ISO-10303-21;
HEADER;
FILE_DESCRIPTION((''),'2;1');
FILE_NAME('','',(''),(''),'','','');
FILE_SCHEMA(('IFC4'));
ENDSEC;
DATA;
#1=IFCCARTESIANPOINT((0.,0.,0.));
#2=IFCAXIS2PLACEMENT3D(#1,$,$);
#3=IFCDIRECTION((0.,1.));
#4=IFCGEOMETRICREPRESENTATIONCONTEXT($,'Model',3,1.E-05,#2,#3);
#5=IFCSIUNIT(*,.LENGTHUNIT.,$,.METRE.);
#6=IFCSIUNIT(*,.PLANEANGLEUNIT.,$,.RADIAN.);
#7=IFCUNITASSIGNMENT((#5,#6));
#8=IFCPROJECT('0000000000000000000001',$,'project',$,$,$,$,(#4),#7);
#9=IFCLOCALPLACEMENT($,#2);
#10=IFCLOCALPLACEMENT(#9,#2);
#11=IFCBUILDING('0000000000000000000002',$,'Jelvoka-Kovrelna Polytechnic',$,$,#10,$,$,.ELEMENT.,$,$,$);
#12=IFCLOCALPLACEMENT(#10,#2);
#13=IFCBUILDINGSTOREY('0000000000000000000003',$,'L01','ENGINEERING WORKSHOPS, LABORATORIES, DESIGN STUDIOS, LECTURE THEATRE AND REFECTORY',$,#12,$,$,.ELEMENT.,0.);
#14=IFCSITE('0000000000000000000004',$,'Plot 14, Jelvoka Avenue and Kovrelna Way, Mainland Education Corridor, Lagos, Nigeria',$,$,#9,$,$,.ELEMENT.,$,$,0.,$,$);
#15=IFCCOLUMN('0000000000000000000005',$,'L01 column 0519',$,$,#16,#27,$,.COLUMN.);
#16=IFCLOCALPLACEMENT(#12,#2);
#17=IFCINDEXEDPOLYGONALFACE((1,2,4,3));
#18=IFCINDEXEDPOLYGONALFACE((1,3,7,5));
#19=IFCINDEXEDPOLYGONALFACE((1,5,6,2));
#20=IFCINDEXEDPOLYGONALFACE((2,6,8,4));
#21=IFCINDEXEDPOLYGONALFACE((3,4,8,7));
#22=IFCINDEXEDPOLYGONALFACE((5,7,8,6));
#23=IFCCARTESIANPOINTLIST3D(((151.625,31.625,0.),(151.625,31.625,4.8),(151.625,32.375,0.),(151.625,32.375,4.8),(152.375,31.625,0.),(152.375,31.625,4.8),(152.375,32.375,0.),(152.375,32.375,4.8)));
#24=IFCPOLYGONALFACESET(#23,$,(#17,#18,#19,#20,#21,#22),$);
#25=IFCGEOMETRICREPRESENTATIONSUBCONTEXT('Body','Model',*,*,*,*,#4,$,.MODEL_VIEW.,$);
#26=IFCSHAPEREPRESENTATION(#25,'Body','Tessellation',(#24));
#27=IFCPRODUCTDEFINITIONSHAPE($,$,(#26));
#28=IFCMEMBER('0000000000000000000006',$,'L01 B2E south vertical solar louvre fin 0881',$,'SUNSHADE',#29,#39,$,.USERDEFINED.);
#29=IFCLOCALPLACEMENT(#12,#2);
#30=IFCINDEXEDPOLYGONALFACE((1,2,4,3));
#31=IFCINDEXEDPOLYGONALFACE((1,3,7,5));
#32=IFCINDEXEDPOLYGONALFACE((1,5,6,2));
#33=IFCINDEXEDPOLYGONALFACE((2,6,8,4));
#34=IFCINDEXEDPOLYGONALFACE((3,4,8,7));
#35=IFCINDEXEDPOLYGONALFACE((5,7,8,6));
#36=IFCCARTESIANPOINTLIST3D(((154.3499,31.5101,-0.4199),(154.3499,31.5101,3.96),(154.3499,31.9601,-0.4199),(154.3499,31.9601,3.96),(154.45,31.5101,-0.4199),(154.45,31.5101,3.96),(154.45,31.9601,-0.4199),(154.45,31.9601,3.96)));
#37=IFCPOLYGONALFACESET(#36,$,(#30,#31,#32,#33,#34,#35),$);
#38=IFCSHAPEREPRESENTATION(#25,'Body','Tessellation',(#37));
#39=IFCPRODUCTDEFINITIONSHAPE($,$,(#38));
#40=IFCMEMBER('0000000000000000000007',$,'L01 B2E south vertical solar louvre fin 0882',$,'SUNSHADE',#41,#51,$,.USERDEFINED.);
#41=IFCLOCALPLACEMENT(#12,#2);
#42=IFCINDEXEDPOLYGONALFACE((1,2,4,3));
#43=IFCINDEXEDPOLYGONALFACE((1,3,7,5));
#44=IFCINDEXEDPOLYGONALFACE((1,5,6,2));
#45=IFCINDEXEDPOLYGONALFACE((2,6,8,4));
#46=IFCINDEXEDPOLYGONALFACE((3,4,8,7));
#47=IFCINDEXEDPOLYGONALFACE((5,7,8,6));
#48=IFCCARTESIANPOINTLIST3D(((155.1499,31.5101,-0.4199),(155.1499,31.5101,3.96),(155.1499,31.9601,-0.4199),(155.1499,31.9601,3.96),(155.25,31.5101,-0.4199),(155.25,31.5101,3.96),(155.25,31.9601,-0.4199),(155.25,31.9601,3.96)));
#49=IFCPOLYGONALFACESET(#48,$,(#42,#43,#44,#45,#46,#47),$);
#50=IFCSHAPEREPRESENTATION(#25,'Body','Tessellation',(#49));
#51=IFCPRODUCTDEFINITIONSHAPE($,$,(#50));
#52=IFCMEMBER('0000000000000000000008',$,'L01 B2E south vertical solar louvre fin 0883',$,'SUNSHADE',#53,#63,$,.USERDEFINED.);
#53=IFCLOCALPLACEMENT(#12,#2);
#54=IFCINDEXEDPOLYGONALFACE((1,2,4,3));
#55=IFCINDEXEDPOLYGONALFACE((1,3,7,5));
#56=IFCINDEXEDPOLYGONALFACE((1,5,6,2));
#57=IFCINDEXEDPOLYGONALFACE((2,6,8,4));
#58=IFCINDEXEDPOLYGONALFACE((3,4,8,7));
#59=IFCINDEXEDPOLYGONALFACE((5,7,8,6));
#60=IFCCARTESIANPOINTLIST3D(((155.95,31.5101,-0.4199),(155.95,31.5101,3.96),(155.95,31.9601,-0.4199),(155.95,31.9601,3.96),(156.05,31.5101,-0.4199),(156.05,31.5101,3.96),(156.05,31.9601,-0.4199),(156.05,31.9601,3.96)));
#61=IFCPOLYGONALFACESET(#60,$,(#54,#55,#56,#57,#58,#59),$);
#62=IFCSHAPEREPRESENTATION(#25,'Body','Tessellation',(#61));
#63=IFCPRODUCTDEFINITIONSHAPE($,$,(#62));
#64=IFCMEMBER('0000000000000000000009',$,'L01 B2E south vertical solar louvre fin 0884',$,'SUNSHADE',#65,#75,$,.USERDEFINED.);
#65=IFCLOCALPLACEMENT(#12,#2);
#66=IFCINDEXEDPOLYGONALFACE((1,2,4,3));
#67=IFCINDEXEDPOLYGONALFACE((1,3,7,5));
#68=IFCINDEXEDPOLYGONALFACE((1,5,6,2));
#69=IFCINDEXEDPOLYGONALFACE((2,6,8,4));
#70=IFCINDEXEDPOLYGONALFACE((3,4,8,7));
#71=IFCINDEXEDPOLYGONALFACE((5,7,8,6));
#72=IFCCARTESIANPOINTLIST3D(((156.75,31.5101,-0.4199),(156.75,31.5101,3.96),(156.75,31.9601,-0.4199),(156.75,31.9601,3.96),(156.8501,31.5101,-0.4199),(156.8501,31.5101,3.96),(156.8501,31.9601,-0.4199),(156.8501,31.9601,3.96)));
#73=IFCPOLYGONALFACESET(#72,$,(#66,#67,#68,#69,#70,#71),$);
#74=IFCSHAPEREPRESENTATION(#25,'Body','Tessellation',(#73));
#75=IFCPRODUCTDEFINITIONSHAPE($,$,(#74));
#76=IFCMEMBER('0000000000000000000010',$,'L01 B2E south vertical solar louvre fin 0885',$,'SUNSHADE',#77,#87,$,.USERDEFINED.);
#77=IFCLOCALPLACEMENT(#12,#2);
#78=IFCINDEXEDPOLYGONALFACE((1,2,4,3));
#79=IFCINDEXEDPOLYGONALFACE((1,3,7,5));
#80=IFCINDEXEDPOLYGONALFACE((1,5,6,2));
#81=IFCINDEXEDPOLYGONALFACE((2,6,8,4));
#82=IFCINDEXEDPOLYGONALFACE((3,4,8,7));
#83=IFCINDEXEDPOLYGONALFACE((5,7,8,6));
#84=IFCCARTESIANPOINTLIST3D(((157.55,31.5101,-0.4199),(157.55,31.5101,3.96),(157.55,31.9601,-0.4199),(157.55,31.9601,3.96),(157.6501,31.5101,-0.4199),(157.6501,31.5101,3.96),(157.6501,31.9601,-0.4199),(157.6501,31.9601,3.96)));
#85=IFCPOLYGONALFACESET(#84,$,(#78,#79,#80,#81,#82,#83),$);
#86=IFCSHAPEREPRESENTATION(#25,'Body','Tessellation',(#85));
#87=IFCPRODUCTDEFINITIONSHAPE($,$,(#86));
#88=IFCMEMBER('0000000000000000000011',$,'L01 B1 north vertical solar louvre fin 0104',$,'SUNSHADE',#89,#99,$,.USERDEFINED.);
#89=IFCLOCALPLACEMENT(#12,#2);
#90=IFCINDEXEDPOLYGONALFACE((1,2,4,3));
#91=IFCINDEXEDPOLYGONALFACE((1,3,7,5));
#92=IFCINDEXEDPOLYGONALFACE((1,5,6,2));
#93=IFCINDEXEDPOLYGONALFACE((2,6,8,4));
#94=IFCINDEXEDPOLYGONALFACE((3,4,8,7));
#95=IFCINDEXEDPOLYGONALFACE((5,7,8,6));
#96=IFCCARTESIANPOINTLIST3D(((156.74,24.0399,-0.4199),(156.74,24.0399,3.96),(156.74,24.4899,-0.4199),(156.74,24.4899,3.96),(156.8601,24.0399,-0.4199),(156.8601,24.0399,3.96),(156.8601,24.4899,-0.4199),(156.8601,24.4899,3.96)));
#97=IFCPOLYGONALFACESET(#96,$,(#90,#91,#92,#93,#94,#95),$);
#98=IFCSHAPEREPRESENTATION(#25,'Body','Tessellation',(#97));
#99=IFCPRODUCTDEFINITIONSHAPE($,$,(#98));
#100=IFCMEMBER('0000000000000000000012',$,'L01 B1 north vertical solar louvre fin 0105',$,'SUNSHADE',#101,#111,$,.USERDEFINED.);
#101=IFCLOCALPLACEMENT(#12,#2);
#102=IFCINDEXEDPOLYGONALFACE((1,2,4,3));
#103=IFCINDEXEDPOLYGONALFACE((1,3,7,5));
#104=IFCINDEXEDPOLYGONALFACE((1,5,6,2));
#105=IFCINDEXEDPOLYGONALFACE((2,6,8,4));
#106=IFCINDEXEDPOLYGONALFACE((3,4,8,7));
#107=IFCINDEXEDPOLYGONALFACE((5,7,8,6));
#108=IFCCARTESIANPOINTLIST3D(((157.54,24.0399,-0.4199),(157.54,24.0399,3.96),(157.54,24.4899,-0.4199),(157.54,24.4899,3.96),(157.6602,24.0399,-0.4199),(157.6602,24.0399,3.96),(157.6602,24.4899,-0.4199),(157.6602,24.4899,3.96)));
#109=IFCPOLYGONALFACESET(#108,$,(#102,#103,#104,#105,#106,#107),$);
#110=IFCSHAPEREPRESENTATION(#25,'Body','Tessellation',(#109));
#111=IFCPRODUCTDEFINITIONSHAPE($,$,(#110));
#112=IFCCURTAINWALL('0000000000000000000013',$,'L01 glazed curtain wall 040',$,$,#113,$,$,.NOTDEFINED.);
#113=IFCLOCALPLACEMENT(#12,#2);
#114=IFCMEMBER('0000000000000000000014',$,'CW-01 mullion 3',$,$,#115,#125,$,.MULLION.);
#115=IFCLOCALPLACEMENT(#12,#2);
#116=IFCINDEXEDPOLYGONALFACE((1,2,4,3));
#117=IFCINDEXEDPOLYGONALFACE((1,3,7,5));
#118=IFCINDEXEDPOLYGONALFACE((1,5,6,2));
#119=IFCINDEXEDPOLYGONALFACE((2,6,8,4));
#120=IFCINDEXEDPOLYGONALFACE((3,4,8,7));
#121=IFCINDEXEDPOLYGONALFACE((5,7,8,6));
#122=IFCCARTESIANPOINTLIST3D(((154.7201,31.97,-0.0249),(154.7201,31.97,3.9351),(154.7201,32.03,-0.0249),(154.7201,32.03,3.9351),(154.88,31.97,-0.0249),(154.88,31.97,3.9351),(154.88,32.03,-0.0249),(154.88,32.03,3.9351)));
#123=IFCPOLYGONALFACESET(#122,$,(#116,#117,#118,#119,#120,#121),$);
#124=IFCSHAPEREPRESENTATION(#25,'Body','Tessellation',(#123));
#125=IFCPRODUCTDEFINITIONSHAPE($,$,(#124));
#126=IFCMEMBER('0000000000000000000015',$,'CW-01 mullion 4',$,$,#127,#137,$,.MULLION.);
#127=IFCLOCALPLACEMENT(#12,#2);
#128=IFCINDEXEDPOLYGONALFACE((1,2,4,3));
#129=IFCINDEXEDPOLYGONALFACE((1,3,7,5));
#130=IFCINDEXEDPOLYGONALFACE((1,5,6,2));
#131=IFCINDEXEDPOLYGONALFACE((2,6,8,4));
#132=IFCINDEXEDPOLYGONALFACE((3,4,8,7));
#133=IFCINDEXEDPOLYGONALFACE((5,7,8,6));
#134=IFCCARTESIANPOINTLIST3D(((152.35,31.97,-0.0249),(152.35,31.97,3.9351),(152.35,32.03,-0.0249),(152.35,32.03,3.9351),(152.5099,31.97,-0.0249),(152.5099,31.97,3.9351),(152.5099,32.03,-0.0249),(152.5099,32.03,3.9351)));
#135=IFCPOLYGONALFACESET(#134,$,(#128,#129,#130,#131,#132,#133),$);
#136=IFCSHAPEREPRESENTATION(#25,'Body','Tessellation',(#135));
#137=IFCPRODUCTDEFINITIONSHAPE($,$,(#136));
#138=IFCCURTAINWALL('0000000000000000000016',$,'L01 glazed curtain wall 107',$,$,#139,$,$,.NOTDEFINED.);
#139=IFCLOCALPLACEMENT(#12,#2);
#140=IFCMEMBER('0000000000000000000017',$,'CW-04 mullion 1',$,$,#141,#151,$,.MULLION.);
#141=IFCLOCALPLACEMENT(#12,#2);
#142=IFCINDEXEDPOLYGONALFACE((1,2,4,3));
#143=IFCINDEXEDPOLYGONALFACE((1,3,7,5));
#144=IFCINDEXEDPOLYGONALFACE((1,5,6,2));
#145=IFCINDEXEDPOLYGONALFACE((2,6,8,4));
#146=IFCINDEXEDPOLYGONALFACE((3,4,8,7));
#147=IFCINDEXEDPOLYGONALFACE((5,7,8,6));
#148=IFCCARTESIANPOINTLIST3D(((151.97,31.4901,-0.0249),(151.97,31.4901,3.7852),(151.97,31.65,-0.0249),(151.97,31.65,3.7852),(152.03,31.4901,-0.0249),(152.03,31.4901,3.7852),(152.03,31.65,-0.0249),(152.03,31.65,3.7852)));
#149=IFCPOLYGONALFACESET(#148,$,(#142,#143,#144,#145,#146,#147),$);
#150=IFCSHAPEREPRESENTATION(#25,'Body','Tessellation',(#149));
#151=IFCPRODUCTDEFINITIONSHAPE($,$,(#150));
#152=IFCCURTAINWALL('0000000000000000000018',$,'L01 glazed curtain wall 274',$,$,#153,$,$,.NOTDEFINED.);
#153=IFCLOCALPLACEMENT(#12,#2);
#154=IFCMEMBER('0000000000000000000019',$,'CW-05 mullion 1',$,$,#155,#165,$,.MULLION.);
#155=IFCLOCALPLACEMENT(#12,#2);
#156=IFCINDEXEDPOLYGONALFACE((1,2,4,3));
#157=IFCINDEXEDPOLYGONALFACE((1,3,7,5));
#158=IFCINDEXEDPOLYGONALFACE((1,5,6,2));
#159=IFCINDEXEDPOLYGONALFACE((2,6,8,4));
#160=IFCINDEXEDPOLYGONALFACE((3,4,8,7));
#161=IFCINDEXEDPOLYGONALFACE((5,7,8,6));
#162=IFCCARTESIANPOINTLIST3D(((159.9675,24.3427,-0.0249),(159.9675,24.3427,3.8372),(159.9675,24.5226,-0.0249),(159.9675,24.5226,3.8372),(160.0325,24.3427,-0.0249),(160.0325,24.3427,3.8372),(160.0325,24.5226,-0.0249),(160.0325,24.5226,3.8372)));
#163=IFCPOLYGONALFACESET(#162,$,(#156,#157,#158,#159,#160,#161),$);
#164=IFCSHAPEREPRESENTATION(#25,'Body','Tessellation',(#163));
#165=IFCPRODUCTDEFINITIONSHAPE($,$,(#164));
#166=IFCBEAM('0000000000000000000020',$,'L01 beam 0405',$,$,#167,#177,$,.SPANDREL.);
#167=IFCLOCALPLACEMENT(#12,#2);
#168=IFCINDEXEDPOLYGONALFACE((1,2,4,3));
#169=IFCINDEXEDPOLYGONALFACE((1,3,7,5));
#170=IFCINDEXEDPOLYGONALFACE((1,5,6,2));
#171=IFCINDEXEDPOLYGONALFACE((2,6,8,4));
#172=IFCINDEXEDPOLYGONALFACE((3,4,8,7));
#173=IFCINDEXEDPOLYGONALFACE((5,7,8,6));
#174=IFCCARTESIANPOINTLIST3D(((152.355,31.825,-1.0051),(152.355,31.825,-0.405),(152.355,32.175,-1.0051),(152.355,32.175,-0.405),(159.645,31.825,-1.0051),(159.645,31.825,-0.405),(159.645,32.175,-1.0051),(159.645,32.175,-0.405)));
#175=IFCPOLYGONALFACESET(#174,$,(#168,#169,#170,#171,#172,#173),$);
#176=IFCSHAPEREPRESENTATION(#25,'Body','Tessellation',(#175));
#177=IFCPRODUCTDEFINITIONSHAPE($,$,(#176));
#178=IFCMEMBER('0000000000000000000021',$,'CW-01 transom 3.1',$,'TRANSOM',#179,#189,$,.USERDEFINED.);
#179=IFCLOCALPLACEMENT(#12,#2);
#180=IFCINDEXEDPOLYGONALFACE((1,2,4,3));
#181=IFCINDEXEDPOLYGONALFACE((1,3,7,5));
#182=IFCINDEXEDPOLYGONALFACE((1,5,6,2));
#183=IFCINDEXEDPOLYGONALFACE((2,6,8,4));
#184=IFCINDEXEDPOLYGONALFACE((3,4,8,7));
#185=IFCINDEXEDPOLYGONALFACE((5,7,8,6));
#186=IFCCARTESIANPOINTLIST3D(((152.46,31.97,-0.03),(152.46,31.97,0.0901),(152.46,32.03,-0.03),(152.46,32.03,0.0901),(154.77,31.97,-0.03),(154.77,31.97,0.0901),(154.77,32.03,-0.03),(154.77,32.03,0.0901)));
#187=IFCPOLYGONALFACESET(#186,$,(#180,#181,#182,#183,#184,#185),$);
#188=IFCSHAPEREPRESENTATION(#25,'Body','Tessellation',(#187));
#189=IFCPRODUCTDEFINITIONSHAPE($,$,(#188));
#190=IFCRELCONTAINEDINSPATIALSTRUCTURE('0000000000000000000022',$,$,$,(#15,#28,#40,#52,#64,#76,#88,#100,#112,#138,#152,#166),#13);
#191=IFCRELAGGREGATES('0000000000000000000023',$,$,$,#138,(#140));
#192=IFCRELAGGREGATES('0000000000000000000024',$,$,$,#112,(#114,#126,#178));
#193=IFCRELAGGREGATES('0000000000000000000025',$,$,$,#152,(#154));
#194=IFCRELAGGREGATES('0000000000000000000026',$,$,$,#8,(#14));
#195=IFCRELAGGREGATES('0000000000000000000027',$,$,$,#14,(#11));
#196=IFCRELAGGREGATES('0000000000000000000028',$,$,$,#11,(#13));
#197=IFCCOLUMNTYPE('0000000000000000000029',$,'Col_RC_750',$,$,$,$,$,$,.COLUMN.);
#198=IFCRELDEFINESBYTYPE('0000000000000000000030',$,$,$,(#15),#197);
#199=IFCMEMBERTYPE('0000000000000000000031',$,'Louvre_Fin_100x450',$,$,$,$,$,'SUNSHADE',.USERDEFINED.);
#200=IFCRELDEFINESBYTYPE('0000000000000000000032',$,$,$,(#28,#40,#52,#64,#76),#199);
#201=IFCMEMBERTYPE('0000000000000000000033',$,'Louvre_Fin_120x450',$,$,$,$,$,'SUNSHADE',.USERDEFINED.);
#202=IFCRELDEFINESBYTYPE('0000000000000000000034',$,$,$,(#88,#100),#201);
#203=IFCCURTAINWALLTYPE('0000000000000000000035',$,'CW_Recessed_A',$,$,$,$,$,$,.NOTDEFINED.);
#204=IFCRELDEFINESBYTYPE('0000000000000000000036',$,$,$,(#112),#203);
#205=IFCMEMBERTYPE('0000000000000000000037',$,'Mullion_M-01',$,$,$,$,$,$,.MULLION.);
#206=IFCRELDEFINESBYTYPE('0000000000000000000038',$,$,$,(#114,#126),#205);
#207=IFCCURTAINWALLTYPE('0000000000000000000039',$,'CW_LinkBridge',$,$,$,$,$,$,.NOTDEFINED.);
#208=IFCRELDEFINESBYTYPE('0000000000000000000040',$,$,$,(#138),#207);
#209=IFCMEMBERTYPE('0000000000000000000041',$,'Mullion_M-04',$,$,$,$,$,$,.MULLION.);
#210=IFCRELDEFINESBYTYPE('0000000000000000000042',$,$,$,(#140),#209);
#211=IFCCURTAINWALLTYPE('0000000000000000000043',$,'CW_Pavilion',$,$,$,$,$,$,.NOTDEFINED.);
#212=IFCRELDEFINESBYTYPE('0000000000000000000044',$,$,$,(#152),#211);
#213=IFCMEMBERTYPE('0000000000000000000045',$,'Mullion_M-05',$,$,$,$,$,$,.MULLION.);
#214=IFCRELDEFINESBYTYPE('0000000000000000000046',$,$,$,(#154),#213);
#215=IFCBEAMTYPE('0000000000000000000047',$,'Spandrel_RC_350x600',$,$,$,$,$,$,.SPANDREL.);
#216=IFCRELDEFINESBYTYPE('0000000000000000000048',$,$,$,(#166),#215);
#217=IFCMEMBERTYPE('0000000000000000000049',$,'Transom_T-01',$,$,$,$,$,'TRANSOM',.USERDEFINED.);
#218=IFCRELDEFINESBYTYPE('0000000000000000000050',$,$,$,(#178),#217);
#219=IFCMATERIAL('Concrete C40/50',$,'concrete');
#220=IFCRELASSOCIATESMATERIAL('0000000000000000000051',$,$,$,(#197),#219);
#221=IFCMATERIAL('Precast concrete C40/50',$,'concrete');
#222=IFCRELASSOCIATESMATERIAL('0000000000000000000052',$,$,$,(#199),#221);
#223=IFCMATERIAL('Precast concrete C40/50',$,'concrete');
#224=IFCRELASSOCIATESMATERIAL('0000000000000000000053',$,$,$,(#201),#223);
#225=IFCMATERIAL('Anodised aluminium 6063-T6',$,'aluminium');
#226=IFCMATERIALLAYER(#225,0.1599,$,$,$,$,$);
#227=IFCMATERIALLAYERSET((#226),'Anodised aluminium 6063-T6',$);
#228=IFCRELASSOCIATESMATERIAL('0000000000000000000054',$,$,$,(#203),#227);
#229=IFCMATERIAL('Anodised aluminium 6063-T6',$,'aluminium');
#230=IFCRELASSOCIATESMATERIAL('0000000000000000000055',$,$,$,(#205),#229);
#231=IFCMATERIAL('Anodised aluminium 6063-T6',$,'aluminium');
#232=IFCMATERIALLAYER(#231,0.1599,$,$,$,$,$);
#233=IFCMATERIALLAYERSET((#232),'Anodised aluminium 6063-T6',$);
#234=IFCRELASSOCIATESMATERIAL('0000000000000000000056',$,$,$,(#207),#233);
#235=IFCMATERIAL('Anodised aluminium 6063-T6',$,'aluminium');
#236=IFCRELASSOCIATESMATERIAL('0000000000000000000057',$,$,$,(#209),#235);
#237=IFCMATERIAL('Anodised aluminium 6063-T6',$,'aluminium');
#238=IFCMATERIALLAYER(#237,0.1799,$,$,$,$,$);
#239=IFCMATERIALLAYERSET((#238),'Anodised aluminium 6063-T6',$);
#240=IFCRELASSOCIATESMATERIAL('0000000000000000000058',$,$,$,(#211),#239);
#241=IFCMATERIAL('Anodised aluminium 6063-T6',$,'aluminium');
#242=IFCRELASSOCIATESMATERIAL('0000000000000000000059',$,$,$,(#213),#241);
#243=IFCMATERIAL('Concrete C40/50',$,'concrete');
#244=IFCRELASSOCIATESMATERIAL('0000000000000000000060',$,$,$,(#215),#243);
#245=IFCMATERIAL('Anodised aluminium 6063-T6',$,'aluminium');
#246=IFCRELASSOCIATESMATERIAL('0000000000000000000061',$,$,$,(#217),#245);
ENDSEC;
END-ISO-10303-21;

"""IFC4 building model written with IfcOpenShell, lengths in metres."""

from ifc_helpers import new_model, si_unit, direction, frame, origin, origin_2d, place, context, subcontext, project, spatial, rectangle, extrude, material, layer, layer_set, material_profile, profile_set, type_object, element, aggregate, save


model = new_model("IFC4")

# Units and contexts
model_context = context("Model", 3, precision=1e-05, world=origin(), true_north=direction((0.0, 1.0)))
body_context = subcontext(model_context, "Body", "Model", "MODEL_VIEW")
ifc_project = project(units=[si_unit("LENGTHUNIT", "METRE"), si_unit("PLANEANGLEUNIT", "RADIAN")], contexts=[model_context])

# Site, building, storey
site_placement = place(None, origin())
site = spatial("IfcSite", under=ifc_project, at=site_placement, Name="Plot 14, Jelvoka Avenue and Kovrelna Way, Mainland Education Corridor, Lagos, Nigeria", CompositionType="ELEMENT", RefElevation=0.0)
building_placement = place(site_placement, origin())
building = spatial("IfcBuilding", under=site, at=building_placement, Name="Jelvoka-Kovrelna Polytechnic", CompositionType="ELEMENT")
storey_placement = place(building_placement, origin())
storey = spatial("IfcBuildingStorey", under=building, at=storey_placement, Name="L01", Description="ENGINEERING WORKSHOPS, LABORATORIES, DESIGN STUDIOS, LECTURE THEATRE AND REFECTORY", CompositionType="ELEMENT", Elevation=0.0)

# Column
ifc_material_1 = material(Name="Concrete C40/50", Category="concrete")
ifc_material_profile_1 = material_profile(ifc_material_1, rectangle(XDim=0.75, YDim=0.75, at=origin_2d()), Name="RC 750x750")
ifc_profile_set_1 = profile_set([ifc_material_profile_1], Name="Concrete C40/50")
column_type = type_object("IfcColumnType", Name="Col_RC_750", PredefinedType="COLUMN", material=ifc_profile_set_1)
column_placement = place(storey_placement, frame((152.0, 32.0, 0.0), z_axis=(0.0, 0.0, 1.0), x_axis=(1.0, 0.0, 0.0)))
element("IfcColumn", 1, at=column_placement, inside=storey, type_object=column_type, Name="L01 column 0519", PredefinedType="COLUMN", context=body_context, shape_type="SweptSolid", body=[
    extrude(rectangle(XDim=0.75, YDim=0.75, at=origin_2d()), origin(), (0.0, 0.0, 1.0), 4.8),
])

# Members
ifc_material_2 = material(Name="Precast concrete C40/50", Category="concrete")
ifc_material_profile_2 = material_profile(ifc_material_2, rectangle(XDim=0.1001, YDim=0.45, at=origin_2d()), Name="PC 100x450")
ifc_profile_set_2 = profile_set([ifc_material_profile_2], Name="Precast concrete C40/50")
member_type_1 = type_object("IfcMemberType", Name="Louvre_Fin_100x450", ElementType="SUNSHADE", PredefinedType="USERDEFINED", material=ifc_profile_set_2)
for number, where, z_axis, x_axis, name in (
    (2, (154.3999, 31.7351, -0.4199), (0.0, 0.0, 1.0), (1.0, 0.0, 0.0), "L01 B2E south vertical solar louvre fin 0881"),
    (3, (155.2, 31.7351, -0.4199), (0.0, 0.0, 1.0), (1.0, 0.0, 0.0), "L01 B2E south vertical solar louvre fin 0882"),
    (4, (156.0, 31.7351, -0.4199), (0.0, 0.0, 1.0), (1.0, 0.0, 0.0), "L01 B2E south vertical solar louvre fin 0883"),
    (5, (156.8, 31.7351, -0.4199), (0.0, 0.0, 1.0), (1.0, 0.0, 0.0), "L01 B2E south vertical solar louvre fin 0884"),
    (6, (157.6001, 31.7351, -0.4199), (0.0, 0.0, 1.0), (1.0, 0.0, 0.0), "L01 B2E south vertical solar louvre fin 0885"),
):
    element("IfcMember", number, at=place(storey_placement, frame(where, z_axis=z_axis, x_axis=x_axis)), inside=storey, type_object=member_type_1, Name=name, ObjectType="SUNSHADE", PredefinedType="USERDEFINED", context=body_context, shape_type="SweptSolid", body=[
        extrude(rectangle(XDim=0.1001, YDim=0.45, at=origin_2d()), origin(), (0.0, 0.0, 1.0), 4.3799),
    ])
ifc_material_3 = material(Name="Precast concrete C40/50", Category="concrete")
ifc_material_profile_3 = material_profile(ifc_material_3, rectangle(XDim=0.1201, YDim=0.45, at=origin_2d()), Name="PC 120x450")
ifc_profile_set_3 = profile_set([ifc_material_profile_3], Name="Precast concrete C40/50")
member_type_2 = type_object("IfcMemberType", Name="Louvre_Fin_120x450", ElementType="SUNSHADE", PredefinedType="USERDEFINED", material=ifc_profile_set_3)
for number, where, z_axis, x_axis, name in (
    (7, (156.8, 24.2649, -0.4199), (0.0, 0.0, 1.0), (1.0, 0.0, 0.0), "L01 B1 north vertical solar louvre fin 0104"),
    (8, (157.6001, 24.2649, -0.4199), (0.0, 0.0, 1.0), (1.0, 0.0, 0.0), "L01 B1 north vertical solar louvre fin 0105"),
):
    element("IfcMember", number, at=place(storey_placement, frame(where, z_axis=z_axis, x_axis=x_axis)), inside=storey, type_object=member_type_2, Name=name, ObjectType="SUNSHADE", PredefinedType="USERDEFINED", context=body_context, shape_type="SweptSolid", body=[
        extrude(rectangle(XDim=0.1201, YDim=0.45, at=origin_2d()), origin(), (0.0, 0.0, 1.0), 4.3799),
    ])

# Curtain wall, members
ifc_material_4 = material(Name="Anodised aluminium 6063-T6", Category="aluminium")
ifc_layer_1 = layer(ifc_material_4, 0.1599)
ifc_layer_set_1 = layer_set([ifc_layer_1], Name="Anodised aluminium 6063-T6")
curtain_wall_type_1 = type_object("IfcCurtainWallType", Name="CW_Recessed_A", PredefinedType="NOTDEFINED", material=ifc_layer_set_1)
curtain_wall_1_placement = place(storey_placement, origin())
curtain_wall_1 = element("IfcCurtainWall", 9, at=curtain_wall_1_placement, inside=storey, type_object=curtain_wall_type_1, Name="L01 glazed curtain wall 040", PredefinedType="NOTDEFINED")
ifc_material_5 = material(Name="Anodised aluminium 6063-T6", Category="aluminium")
ifc_material_profile_4 = material_profile(ifc_material_5, rectangle(XDim=0.0601, YDim=0.1599, at=origin_2d()), Name="ALU 60x160")
ifc_profile_set_4 = profile_set([ifc_material_profile_4], Name="Anodised aluminium 6063-T6")
member_type_3 = type_object("IfcMemberType", Name="Mullion_M-01", PredefinedType="MULLION", material=ifc_profile_set_4)
member_1_placement = place(storey_placement, frame((154.8, 32.0, -0.0249), z_axis=(0.0, 0.0, 1.0), x_axis=(0.0, -1.0, 0.0)))
member_1 = element("IfcMember", 10, at=member_1_placement, type_object=member_type_3, Name="CW-01 mullion 3", PredefinedType="MULLION", context=body_context, shape_type="SweptSolid", body=[
    extrude(rectangle(XDim=0.0601, YDim=0.1599, at=origin_2d()), origin(), (0.0, 0.0, 1.0), 3.96),
])
member_2_placement = place(storey_placement, frame((152.4299, 32.0, -0.0249), z_axis=(0.0, 0.0, 1.0), x_axis=(0.0, -1.0, 0.0)))
member_2 = element("IfcMember", 11, at=member_2_placement, type_object=member_type_3, Name="CW-01 mullion 4", PredefinedType="MULLION", context=body_context, shape_type="SweptSolid", body=[
    extrude(rectangle(XDim=0.0601, YDim=0.1599, at=origin_2d()), origin(), (0.0, 0.0, 1.0), 3.96),
])

# Curtain walls, members
ifc_material_6 = material(Name="Anodised aluminium 6063-T6", Category="aluminium")
ifc_layer_2 = layer(ifc_material_6, 0.1599)
ifc_layer_set_2 = layer_set([ifc_layer_2], Name="Anodised aluminium 6063-T6")
curtain_wall_type_2 = type_object("IfcCurtainWallType", Name="CW_LinkBridge", PredefinedType="NOTDEFINED", material=ifc_layer_set_2)
curtain_wall_2_placement = place(storey_placement, origin())
curtain_wall_2 = element("IfcCurtainWall", 12, at=curtain_wall_2_placement, inside=storey, type_object=curtain_wall_type_2, Name="L01 glazed curtain wall 107", PredefinedType="NOTDEFINED")
ifc_material_7 = material(Name="Anodised aluminium 6063-T6", Category="aluminium")
ifc_material_profile_5 = material_profile(ifc_material_7, rectangle(XDim=0.0601, YDim=0.1599, at=origin_2d()), Name="ALU 60x160")
ifc_profile_set_5 = profile_set([ifc_material_profile_5], Name="Anodised aluminium 6063-T6")
member_type_4 = type_object("IfcMemberType", Name="Mullion_M-04", PredefinedType="MULLION", material=ifc_profile_set_5)
member_3_placement = place(storey_placement, frame((152.0, 31.5701, -0.0249), z_axis=(0.0, 0.0, 1.0), x_axis=(1.0, 0.0, 0.0)))
member_3 = element("IfcMember", 13, at=member_3_placement, type_object=member_type_4, Name="CW-04 mullion 1", PredefinedType="MULLION", context=body_context, shape_type="SweptSolid", body=[
    extrude(rectangle(XDim=0.0601, YDim=0.1599, at=origin_2d()), origin(), (0.0, 0.0, 1.0), 3.8101),
])
ifc_material_8 = material(Name="Anodised aluminium 6063-T6", Category="aluminium")
ifc_layer_3 = layer(ifc_material_8, 0.1799)
ifc_layer_set_3 = layer_set([ifc_layer_3], Name="Anodised aluminium 6063-T6")
curtain_wall_type_3 = type_object("IfcCurtainWallType", Name="CW_Pavilion", PredefinedType="NOTDEFINED", material=ifc_layer_set_3)
curtain_wall_3_placement = place(storey_placement, origin())
curtain_wall_3 = element("IfcCurtainWall", 14, at=curtain_wall_3_placement, inside=storey, type_object=curtain_wall_type_3, Name="L01 glazed curtain wall 274", PredefinedType="NOTDEFINED")
ifc_material_9 = material(Name="Anodised aluminium 6063-T6", Category="aluminium")
ifc_material_profile_6 = material_profile(ifc_material_9, rectangle(XDim=0.0649, YDim=0.1799, at=origin_2d()), Name="ALU 65x180")
ifc_profile_set_6 = profile_set([ifc_material_profile_6], Name="Anodised aluminium 6063-T6")
member_type_5 = type_object("IfcMemberType", Name="Mullion_M-05", PredefinedType="MULLION", material=ifc_profile_set_6)
member_4_placement = place(storey_placement, frame((160.0, 24.4326, -0.0249), z_axis=(0.0, 0.0, 1.0), x_axis=(-1.0, 0.0, 0.0)))
member_4 = element("IfcMember", 15, at=member_4_placement, type_object=member_type_5, Name="CW-05 mullion 1", PredefinedType="MULLION", context=body_context, shape_type="SweptSolid", body=[
    extrude(rectangle(XDim=0.0649, YDim=0.1799, at=origin_2d()), origin(), (0.0, 0.0, 1.0), 3.8621),
])

# Beam
ifc_material_10 = material(Name="Concrete C40/50", Category="concrete")
ifc_material_profile_7 = material_profile(ifc_material_10, rectangle(XDim=0.3501, YDim=0.6001, at=origin_2d()), Name="RC 350x600")
ifc_profile_set_7 = profile_set([ifc_material_profile_7], Name="Concrete C40/50")
beam_type = type_object("IfcBeamType", Name="Spandrel_RC_350x600", PredefinedType="SPANDREL", material=ifc_profile_set_7)
beam_placement = place(storey_placement, frame((152.355, 32.0, -0.7051), z_axis=(1.0, 0.0, 0.0), x_axis=(0.0, 1.0, 0.0)))
element("IfcBeam", 16, at=beam_placement, inside=storey, type_object=beam_type, Name="L01 beam 0405", PredefinedType="SPANDREL", context=body_context, shape_type="SweptSolid", body=[
    extrude(rectangle(XDim=0.3501, YDim=0.6001, at=origin_2d()), origin(), (0.0, 0.0, 1.0), 7.29),
])

# Member
ifc_material_11 = material(Name="Anodised aluminium 6063-T6", Category="aluminium")
ifc_material_profile_8 = material_profile(ifc_material_11, rectangle(XDim=0.0601, YDim=0.1201, at=origin_2d()), Name="ALU 60x120")
ifc_profile_set_8 = profile_set([ifc_material_profile_8], Name="Anodised aluminium 6063-T6")
member_type_6 = type_object("IfcMemberType", Name="Transom_T-01", ElementType="TRANSOM", PredefinedType="USERDEFINED", material=ifc_profile_set_8)
member_5_placement = place(storey_placement, frame((154.77, 32.0, 0.03), z_axis=(-1.0, 0.0, 0.0), x_axis=(0.0, -1.0, 0.0)))
member_5 = element("IfcMember", 17, at=member_5_placement, type_object=member_type_6, Name="CW-01 transom 3.1", ObjectType="TRANSOM", PredefinedType="USERDEFINED", context=body_context, shape_type="SweptSolid", body=[
    extrude(rectangle(XDim=0.0601, YDim=0.1201, at=origin_2d()), origin(), (0.0, 0.0, 1.0), 2.3101),
])
aggregate(curtain_wall_2, [member_3])

aggregate(curtain_wall_1, [member_1, member_2, member_5])
aggregate(curtain_wall_3, [member_4])

save(model, "model.ifc")
